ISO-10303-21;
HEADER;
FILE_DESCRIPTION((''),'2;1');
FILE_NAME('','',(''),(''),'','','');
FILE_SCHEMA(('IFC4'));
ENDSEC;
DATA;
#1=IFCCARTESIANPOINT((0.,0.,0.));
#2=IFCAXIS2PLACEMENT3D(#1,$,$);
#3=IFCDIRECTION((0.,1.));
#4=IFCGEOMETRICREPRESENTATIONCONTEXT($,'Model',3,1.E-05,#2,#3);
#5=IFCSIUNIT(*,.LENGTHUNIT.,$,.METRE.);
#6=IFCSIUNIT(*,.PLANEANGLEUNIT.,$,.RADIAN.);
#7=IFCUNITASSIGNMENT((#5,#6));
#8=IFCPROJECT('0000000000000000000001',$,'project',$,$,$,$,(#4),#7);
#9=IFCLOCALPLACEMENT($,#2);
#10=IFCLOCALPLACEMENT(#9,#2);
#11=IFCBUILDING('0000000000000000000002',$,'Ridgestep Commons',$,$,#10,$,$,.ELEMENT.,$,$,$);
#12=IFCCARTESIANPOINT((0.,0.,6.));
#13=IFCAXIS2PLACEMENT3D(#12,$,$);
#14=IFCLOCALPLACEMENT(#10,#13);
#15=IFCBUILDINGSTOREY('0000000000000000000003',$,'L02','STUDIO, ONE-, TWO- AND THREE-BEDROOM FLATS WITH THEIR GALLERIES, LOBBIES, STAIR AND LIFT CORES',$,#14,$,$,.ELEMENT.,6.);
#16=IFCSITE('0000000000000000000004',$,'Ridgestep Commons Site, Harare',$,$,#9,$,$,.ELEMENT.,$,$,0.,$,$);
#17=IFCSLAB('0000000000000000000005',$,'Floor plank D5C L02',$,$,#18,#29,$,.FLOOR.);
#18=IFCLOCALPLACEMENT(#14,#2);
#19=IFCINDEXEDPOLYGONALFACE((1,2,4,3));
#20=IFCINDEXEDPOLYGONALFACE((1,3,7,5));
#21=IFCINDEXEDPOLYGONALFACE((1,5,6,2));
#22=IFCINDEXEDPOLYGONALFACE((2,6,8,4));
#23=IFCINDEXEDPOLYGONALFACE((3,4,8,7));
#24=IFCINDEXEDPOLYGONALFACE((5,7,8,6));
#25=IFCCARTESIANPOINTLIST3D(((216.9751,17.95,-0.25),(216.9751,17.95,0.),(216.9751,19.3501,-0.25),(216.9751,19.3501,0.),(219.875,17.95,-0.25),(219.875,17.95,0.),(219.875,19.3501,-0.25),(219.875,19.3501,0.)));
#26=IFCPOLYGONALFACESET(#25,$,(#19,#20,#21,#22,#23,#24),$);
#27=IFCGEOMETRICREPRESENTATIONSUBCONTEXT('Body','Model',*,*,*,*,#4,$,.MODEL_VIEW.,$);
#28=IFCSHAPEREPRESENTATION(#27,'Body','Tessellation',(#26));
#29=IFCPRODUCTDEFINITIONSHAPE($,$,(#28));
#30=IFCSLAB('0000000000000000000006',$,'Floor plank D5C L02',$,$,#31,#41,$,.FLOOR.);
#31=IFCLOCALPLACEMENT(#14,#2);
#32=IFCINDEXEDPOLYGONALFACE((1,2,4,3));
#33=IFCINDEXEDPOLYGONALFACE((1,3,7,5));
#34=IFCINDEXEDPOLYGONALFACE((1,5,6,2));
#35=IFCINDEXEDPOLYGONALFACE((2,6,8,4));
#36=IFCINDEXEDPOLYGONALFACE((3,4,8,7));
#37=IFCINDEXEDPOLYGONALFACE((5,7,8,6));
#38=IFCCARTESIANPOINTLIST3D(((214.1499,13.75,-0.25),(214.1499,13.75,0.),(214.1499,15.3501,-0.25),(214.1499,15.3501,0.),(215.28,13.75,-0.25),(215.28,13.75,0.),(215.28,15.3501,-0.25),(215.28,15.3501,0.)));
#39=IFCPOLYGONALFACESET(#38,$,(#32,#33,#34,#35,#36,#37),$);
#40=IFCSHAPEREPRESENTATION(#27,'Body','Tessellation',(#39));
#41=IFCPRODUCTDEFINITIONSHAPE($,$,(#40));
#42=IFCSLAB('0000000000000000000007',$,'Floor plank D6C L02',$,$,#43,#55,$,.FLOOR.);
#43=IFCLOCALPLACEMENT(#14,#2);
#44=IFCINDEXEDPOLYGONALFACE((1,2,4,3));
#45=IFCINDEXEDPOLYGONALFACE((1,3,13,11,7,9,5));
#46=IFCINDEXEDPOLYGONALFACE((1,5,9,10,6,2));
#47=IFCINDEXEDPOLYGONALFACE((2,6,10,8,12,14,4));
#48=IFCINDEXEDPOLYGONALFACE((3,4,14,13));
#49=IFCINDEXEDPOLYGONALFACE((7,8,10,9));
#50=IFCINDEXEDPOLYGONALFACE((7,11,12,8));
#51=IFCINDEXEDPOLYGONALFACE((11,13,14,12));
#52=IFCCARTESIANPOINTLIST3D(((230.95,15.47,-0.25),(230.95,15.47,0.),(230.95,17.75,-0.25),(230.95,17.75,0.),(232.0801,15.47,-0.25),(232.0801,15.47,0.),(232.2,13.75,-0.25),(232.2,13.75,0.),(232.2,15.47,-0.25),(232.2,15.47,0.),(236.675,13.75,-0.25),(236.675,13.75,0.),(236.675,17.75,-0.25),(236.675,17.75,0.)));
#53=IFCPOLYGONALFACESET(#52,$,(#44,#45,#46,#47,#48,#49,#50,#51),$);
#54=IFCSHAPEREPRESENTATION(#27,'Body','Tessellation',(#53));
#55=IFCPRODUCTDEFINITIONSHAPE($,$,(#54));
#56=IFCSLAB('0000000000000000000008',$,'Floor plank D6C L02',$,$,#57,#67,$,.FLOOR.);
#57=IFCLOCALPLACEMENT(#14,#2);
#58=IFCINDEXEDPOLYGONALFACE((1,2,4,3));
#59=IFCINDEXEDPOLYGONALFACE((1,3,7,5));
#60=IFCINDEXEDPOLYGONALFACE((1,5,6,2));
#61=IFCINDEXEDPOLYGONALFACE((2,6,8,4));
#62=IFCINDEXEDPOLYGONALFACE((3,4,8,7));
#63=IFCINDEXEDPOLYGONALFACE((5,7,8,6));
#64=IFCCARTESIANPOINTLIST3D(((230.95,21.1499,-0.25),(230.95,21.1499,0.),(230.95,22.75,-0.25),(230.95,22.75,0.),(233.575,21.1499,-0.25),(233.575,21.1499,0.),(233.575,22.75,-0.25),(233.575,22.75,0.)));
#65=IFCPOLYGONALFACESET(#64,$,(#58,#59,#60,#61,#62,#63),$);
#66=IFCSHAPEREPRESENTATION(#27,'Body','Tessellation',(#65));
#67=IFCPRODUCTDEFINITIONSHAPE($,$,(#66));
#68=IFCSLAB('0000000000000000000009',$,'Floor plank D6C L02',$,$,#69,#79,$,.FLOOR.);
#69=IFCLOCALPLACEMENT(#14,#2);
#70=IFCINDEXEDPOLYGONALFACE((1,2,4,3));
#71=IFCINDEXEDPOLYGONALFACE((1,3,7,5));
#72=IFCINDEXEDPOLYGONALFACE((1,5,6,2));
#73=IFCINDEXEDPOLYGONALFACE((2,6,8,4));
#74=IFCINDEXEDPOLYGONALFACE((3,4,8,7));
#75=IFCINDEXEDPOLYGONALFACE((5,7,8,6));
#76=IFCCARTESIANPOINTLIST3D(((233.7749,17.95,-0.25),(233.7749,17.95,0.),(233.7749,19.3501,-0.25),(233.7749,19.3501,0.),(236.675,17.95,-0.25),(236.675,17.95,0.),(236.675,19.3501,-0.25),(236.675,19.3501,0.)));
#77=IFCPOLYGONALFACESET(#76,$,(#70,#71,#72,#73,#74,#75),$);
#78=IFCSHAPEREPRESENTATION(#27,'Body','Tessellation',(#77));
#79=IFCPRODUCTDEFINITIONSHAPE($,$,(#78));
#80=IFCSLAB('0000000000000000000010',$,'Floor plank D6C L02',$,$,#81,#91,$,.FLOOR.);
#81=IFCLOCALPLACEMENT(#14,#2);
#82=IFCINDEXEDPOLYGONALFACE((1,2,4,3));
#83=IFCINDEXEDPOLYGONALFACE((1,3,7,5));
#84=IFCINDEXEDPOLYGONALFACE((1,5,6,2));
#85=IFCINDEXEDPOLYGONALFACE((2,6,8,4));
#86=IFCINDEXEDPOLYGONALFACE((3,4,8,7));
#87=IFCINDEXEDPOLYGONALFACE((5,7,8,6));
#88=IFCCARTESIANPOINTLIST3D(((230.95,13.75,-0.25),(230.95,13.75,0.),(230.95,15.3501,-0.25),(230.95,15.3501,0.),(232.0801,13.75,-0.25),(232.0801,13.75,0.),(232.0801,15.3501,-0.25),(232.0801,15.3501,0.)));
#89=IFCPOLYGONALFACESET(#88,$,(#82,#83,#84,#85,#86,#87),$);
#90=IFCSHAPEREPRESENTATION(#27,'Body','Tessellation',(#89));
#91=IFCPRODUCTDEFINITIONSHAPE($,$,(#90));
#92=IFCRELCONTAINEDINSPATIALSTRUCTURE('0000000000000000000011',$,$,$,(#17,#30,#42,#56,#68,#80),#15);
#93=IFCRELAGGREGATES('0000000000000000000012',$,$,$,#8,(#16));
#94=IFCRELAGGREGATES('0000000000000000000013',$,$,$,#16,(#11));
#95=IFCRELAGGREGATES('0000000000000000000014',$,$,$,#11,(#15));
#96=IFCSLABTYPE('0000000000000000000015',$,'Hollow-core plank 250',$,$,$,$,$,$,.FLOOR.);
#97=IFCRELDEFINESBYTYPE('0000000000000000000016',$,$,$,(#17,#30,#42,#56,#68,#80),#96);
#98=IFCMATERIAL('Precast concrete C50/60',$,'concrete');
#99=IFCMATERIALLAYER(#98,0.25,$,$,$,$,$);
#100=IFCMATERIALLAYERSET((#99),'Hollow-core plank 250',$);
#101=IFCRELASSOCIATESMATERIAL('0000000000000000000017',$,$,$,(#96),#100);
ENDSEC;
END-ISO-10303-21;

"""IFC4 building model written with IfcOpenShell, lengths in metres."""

from ifc_helpers import new_model, si_unit, direction, frame, origin, place, context, subcontext, project, spatial, polyline, outline, extrude, material, layer, layer_set, type_object, element, save


model = new_model("IFC4")

# Units and contexts
model_context = context("Model", 3, precision=1e-05, world=origin(), true_north=direction((0.0, 1.0)))
body_context = subcontext(model_context, "Body", "Model", "MODEL_VIEW")
ifc_project = project(units=[si_unit("LENGTHUNIT", "METRE"), si_unit("PLANEANGLEUNIT", "RADIAN")], contexts=[model_context])

# Site, building, storey
site_placement = place(None, origin())
site = spatial("IfcSite", under=ifc_project, at=site_placement, Name="Ridgestep Commons Site, Harare", CompositionType="ELEMENT", RefElevation=0.0)
building_placement = place(site_placement, origin())
building = spatial("IfcBuilding", under=site, at=building_placement, Name="Ridgestep Commons", CompositionType="ELEMENT")
storey_placement = place(building_placement, frame((0.0, 0.0, 6.0)))
storey = spatial("IfcBuildingStorey", under=building, at=storey_placement, Name="L02", Description="STUDIO, ONE-, TWO- AND THREE-BEDROOM FLATS WITH THEIR GALLERIES, LOBBIES, STAIR AND LIFT CORES", CompositionType="ELEMENT", Elevation=6.0)

# Slabs
ifc_material_1 = material(Name="Precast concrete C50/60", Category="concrete")
ifc_layer_1 = layer(ifc_material_1, 0.25)
ifc_layer_set_1 = layer_set([ifc_layer_1], Name="Hollow-core plank 250")
slab_type_1 = type_object("IfcSlabType", Name="Hollow-core plank 250", PredefinedType="FLOOR", material=ifc_layer_set_1)
slab_1_placement = place(storey_placement, frame((0.0, 0.0, -0.25)))
element("IfcSlab", 1, at=slab_1_placement, inside=storey, type_object=slab_type_1, Name="Floor plank D5C L02", PredefinedType="FLOOR", context=body_context, shape_type="SweptSolid", body=[
    extrude(outline(polyline([(219.875, 17.95), (219.875, 19.3501), (216.9751, 19.3501), (216.9751, 17.95), (219.875, 17.95)])), origin(), (0.0, 0.0, 1.0), 0.25),
])
slab_2_placement = place(storey_placement, frame((0.0, 0.0, -0.25)))
element("IfcSlab", 2, at=slab_2_placement, inside=storey, type_object=slab_type_1, Name="Floor plank D5C L02", PredefinedType="FLOOR", context=body_context, shape_type="SweptSolid", body=[
    extrude(outline(polyline([(215.28, 15.3501), (214.1499, 15.3501), (214.1499, 13.75), (215.28, 13.75), (215.28, 15.3501)])), origin(), (0.0, 0.0, 1.0), 0.25),
])
slab_3_placement = place(storey_placement, frame((0.0, 0.0, -0.25)))
element("IfcSlab", 3, at=slab_3_placement, inside=storey, type_object=slab_type_1, Name="Floor plank D6C L02", PredefinedType="FLOOR", context=body_context, shape_type="SweptSolid", body=[
    extrude(outline(polyline([(232.2, 13.75), (236.675, 13.75), (236.675, 17.75), (230.95, 17.75), (230.95, 15.47), (232.0801, 15.47), (232.2, 15.47), (232.2, 13.75)])), origin(), (0.0, 0.0, 1.0), 0.25),
])
slab_4_placement = place(storey_placement, frame((0.0, 0.0, -0.25)))
element("IfcSlab", 4, at=slab_4_placement, inside=storey, type_object=slab_type_1, Name="Floor plank D6C L02", PredefinedType="FLOOR", context=body_context, shape_type="SweptSolid", body=[
    extrude(outline(polyline([(233.575, 22.75), (230.95, 22.75), (230.95, 21.1499), (233.575, 21.1499), (233.575, 22.75)])), origin(), (0.0, 0.0, 1.0), 0.25),
])
slab_5_placement = place(storey_placement, frame((0.0, 0.0, -0.25)))
element("IfcSlab", 5, at=slab_5_placement, inside=storey, type_object=slab_type_1, Name="Floor plank D6C L02", PredefinedType="FLOOR", context=body_context, shape_type="SweptSolid", body=[
    extrude(outline(polyline([(236.675, 17.95), (236.675, 19.3501), (233.7749, 19.3501), (233.7749, 17.95), (236.675, 17.95)])), origin(), (0.0, 0.0, 1.0), 0.25),
])
slab_6_placement = place(storey_placement, frame((0.0, 0.0, -0.25)))
element("IfcSlab", 6, at=slab_6_placement, inside=storey, type_object=slab_type_1, Name="Floor plank D6C L02", PredefinedType="FLOOR", context=body_context, shape_type="SweptSolid", body=[
    extrude(outline(polyline([(232.0801, 15.3501), (230.95, 15.3501), (230.95, 13.75), (232.0801, 13.75), (232.0801, 15.3501)])), origin(), (0.0, 0.0, 1.0), 0.25),
])

save(model, "model.ifc")
